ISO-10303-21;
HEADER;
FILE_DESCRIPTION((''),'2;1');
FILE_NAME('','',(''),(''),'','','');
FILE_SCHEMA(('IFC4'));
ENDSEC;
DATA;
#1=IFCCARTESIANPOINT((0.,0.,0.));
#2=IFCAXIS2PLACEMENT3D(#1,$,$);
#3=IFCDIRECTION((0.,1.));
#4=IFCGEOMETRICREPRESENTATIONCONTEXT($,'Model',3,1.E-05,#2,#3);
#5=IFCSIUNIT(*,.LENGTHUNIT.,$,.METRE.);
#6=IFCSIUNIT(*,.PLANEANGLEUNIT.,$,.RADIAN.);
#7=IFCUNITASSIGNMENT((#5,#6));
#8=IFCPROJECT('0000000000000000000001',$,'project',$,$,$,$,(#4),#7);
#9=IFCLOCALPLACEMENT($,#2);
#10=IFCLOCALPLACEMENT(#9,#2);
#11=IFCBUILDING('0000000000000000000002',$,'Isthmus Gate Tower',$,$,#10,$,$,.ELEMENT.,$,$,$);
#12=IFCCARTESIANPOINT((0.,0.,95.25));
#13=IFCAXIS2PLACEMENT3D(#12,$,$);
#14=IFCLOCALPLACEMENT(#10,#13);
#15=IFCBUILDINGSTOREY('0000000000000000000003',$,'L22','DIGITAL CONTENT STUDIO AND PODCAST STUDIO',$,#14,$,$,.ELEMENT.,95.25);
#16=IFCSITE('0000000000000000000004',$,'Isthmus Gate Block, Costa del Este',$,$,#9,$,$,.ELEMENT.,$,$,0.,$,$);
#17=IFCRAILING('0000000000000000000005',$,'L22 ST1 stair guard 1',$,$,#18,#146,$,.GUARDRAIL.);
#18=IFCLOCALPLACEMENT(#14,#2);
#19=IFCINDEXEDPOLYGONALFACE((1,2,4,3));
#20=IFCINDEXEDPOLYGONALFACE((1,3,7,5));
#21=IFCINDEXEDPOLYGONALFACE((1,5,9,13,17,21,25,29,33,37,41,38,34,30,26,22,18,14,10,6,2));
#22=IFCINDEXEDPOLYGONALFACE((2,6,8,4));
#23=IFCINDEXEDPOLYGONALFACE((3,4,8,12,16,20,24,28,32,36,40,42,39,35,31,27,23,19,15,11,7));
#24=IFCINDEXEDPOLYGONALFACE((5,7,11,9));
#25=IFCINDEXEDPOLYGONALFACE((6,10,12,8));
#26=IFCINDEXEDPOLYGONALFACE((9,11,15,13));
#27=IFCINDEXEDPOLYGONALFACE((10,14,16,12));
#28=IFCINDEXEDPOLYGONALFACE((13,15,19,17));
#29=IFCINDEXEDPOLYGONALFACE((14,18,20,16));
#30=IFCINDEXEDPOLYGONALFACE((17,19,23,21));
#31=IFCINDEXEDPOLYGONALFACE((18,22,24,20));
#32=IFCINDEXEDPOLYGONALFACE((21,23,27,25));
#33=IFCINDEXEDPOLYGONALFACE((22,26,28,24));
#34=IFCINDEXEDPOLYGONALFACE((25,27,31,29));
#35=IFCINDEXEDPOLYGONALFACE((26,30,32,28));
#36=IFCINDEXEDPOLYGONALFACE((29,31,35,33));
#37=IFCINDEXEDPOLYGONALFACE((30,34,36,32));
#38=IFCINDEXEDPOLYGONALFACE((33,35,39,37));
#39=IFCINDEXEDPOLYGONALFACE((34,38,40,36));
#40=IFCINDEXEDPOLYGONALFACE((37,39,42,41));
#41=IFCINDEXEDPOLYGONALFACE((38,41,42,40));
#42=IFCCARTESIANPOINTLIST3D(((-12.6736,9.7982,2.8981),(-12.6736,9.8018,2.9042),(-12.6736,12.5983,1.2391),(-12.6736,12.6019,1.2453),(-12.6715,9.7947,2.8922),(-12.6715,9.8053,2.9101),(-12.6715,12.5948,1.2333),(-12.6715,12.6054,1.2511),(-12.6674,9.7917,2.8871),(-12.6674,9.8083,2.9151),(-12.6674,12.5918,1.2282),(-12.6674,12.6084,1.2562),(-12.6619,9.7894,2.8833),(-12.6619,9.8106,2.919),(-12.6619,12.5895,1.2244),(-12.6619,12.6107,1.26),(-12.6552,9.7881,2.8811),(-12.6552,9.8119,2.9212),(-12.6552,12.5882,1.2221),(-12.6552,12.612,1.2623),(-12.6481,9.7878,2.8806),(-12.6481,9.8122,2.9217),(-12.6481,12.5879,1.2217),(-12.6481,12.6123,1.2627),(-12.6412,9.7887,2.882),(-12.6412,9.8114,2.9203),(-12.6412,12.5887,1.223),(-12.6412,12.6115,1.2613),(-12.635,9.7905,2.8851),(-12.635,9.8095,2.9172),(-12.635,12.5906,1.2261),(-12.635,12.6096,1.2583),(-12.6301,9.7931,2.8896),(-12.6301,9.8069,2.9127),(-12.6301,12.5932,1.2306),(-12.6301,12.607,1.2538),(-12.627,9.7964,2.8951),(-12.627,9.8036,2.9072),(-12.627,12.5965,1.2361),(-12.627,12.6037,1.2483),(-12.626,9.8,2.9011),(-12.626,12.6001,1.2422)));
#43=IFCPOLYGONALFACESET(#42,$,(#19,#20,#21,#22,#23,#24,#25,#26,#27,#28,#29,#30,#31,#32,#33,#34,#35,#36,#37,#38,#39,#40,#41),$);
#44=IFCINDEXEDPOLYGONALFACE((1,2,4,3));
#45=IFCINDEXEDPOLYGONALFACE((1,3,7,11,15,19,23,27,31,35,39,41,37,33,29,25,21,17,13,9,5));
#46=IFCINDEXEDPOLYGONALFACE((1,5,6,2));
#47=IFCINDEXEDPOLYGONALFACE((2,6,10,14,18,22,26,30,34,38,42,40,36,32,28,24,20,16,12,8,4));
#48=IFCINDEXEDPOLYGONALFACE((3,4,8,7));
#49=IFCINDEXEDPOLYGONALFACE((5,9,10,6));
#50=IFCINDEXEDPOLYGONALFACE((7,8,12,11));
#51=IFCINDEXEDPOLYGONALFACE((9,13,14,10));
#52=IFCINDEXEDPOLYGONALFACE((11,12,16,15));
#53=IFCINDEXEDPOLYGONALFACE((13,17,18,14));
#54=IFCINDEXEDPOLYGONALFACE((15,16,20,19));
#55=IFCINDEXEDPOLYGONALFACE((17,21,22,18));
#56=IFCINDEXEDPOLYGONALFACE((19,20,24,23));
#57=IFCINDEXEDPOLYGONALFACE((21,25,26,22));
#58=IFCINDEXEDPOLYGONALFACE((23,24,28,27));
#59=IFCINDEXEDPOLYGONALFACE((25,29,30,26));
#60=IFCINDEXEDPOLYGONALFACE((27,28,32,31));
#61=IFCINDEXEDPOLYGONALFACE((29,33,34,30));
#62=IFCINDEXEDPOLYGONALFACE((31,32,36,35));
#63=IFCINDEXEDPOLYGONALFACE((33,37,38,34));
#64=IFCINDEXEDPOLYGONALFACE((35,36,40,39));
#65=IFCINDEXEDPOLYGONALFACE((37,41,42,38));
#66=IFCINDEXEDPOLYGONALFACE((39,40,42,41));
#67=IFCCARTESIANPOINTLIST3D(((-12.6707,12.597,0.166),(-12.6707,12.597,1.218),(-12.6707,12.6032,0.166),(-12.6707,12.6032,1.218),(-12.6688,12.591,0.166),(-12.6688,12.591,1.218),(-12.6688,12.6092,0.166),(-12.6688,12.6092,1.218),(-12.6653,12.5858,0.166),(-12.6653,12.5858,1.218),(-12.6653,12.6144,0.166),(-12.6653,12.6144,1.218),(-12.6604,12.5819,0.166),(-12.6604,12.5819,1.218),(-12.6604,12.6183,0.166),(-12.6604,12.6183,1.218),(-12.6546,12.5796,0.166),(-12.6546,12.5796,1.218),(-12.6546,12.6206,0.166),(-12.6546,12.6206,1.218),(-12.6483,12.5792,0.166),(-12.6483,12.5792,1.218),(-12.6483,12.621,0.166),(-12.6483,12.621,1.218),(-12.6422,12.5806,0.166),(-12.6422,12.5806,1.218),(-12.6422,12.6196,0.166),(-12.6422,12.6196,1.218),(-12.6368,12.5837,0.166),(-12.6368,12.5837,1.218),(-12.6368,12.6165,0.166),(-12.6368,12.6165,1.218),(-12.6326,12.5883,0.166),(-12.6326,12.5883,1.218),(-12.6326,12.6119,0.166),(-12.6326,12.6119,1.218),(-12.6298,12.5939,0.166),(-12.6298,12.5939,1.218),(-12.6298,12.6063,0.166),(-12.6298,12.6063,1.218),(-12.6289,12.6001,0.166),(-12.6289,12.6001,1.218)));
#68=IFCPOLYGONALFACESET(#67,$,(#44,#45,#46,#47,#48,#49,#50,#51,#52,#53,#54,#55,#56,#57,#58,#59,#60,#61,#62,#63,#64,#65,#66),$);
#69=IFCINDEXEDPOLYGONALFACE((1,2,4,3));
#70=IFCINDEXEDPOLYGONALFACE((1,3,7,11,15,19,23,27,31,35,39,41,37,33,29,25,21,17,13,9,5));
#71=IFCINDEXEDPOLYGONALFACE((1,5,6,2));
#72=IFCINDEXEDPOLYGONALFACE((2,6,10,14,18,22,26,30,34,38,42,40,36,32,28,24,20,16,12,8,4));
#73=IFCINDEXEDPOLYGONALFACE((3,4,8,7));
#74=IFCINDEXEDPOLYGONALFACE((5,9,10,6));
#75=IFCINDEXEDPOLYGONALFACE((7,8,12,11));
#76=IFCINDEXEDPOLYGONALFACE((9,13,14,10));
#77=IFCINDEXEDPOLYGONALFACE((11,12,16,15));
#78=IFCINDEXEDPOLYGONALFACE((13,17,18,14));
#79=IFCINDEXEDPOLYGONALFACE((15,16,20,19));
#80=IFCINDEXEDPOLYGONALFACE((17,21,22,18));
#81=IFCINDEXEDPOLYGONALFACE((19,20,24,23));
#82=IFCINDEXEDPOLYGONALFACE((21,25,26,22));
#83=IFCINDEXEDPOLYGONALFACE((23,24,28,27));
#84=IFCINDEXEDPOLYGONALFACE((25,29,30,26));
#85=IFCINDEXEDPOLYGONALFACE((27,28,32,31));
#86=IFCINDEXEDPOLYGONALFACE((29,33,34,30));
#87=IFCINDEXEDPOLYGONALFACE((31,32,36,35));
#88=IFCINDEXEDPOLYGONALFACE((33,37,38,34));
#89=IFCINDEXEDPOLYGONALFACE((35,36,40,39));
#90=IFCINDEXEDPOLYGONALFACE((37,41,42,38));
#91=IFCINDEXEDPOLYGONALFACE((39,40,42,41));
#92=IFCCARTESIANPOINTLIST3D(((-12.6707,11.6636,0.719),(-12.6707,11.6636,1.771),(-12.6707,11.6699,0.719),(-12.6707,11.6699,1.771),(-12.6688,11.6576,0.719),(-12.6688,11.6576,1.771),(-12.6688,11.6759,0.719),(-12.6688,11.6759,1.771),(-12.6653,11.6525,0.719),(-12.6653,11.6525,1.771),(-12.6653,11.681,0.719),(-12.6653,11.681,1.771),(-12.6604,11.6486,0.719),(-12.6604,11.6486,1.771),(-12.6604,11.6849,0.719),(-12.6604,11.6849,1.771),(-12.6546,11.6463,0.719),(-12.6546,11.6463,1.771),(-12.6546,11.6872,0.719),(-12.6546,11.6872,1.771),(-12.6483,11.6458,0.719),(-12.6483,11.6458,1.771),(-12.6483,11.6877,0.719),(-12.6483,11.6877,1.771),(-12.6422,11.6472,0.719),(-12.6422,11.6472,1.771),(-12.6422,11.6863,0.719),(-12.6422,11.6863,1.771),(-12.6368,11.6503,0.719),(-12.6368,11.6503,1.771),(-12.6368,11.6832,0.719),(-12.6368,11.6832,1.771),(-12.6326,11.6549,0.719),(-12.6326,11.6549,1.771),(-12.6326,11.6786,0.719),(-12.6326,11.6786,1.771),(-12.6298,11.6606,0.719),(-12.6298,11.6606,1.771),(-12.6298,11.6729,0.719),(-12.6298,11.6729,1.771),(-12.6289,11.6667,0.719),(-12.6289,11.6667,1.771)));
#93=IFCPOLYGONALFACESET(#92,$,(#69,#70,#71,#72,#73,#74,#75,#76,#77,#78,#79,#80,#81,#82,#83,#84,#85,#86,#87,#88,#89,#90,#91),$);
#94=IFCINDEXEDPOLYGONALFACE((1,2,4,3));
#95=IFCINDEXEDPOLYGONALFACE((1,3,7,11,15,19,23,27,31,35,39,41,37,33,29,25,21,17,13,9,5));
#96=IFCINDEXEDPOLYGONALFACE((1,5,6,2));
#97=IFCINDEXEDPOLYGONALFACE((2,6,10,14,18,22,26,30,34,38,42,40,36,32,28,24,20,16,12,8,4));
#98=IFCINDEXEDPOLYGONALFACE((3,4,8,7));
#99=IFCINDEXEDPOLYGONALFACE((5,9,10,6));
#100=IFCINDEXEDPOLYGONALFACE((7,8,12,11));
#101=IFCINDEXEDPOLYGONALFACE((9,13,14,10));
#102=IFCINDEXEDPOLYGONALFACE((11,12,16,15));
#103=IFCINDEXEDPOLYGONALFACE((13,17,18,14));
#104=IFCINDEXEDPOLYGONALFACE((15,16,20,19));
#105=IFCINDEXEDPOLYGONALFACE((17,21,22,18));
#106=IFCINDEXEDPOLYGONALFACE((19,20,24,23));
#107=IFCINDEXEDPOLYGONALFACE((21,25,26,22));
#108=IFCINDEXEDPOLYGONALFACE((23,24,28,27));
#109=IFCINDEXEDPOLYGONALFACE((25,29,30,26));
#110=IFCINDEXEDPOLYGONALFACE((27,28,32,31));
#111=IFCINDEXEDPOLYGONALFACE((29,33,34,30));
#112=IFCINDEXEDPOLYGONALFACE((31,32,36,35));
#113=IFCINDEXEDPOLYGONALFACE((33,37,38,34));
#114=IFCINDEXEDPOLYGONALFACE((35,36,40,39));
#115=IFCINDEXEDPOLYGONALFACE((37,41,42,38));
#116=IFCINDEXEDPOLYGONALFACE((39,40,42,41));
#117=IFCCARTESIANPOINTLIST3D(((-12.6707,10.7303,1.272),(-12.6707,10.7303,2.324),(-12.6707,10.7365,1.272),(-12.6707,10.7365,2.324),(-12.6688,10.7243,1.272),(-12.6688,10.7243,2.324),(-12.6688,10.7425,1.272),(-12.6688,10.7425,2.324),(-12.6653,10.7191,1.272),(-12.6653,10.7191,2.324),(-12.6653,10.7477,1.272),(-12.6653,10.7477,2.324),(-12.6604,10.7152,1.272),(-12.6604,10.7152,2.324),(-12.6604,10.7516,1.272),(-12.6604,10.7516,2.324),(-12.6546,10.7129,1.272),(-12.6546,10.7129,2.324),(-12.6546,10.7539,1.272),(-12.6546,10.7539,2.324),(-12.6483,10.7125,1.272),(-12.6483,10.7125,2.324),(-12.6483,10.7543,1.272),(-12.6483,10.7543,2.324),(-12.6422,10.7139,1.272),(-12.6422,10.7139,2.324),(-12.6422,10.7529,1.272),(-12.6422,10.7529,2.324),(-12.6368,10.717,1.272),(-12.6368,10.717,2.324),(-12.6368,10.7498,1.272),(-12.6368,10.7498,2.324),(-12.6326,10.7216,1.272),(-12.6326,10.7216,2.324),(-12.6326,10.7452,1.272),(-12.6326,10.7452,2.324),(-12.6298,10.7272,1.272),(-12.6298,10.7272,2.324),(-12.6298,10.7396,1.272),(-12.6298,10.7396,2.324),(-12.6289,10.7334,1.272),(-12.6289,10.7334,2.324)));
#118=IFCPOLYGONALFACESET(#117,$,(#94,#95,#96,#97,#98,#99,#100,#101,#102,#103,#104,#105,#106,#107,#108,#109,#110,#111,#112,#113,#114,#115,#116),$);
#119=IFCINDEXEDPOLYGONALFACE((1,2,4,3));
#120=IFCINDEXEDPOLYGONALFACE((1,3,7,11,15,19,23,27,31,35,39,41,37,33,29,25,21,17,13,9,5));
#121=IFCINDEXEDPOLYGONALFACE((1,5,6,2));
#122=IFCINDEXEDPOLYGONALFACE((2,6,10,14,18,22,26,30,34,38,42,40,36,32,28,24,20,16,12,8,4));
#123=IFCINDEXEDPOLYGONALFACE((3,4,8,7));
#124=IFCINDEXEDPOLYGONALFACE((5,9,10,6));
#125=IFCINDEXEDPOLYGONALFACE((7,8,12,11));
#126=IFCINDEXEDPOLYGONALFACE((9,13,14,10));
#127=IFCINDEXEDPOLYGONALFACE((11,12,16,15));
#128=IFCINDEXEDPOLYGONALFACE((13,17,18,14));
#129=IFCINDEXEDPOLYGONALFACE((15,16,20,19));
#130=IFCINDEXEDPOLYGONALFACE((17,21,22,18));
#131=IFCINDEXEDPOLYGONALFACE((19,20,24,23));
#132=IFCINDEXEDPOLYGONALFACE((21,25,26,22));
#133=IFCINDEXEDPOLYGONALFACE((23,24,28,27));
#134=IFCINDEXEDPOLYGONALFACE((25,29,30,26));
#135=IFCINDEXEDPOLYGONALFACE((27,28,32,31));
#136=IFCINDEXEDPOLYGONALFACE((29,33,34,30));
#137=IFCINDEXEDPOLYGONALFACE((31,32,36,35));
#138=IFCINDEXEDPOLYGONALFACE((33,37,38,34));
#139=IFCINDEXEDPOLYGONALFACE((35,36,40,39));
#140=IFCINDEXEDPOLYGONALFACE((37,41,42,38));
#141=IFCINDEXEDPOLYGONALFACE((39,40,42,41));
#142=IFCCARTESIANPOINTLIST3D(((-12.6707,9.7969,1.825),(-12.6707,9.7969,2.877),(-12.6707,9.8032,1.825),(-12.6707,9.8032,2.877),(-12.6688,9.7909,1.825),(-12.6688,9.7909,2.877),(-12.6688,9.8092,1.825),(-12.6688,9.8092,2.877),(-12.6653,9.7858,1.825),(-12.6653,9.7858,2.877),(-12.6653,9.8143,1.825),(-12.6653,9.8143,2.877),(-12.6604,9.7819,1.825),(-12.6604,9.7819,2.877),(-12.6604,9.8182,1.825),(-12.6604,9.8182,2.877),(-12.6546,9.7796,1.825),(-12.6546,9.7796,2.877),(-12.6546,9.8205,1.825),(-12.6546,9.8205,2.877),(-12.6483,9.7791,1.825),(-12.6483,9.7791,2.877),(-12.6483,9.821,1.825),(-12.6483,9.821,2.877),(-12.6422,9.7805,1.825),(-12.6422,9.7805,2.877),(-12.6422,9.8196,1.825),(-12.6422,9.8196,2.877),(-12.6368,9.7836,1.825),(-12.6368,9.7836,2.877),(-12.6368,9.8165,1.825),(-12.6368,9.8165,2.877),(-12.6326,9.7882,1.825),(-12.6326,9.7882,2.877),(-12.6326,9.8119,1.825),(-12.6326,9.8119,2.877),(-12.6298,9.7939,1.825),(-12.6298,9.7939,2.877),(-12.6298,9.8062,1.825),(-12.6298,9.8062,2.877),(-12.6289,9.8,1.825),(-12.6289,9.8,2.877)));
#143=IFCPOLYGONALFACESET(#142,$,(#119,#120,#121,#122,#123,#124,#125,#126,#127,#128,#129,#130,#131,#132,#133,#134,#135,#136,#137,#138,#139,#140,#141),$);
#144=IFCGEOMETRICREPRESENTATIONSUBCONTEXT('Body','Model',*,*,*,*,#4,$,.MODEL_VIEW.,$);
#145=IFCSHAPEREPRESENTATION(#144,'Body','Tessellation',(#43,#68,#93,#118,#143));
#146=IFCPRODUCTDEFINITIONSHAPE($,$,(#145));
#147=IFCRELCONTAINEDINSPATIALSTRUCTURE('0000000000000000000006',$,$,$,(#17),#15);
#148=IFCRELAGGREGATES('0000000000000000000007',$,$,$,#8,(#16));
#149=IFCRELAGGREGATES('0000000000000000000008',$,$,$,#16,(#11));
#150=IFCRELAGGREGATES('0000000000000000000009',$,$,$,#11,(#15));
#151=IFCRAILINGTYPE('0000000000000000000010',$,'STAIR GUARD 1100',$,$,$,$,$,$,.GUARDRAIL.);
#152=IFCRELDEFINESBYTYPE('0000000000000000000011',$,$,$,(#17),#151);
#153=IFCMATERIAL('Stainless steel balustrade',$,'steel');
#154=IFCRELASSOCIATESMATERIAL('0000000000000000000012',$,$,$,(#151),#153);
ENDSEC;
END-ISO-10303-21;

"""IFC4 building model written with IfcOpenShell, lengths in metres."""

from ifc_helpers import new_model, si_unit, direction, frame, origin, origin_2d, place, context, subcontext, project, spatial, circle, extrude, material, type_object, element, save


model = new_model("IFC4")

# Units and contexts
model_context = context("Model", 3, precision=1e-05, world=origin(), true_north=direction((0.0, 1.0)))
body_context = subcontext(model_context, "Body", "Model", "MODEL_VIEW")
ifc_project = project(units=[si_unit("LENGTHUNIT", "METRE"), si_unit("PLANEANGLEUNIT", "RADIAN")], contexts=[model_context])

# Site, building, storey
site_placement = place(None, origin())
site = spatial("IfcSite", under=ifc_project, at=site_placement, Name="Isthmus Gate Block, Costa del Este", CompositionType="ELEMENT", RefElevation=0.0)
building_placement = place(site_placement, origin())
building = spatial("IfcBuilding", under=site, at=building_placement, Name="Isthmus Gate Tower", CompositionType="ELEMENT")
storey_placement = place(building_placement, frame((0.0, 0.0, 95.25)))
storey = spatial("IfcBuildingStorey", under=building, at=storey_placement, Name="L22", Description="DIGITAL CONTENT STUDIO AND PODCAST STUDIO", CompositionType="ELEMENT", Elevation=95.25)

# Railing
ifc_material_1 = material(Name="Stainless steel balustrade", Category="steel")
railing_type_1 = type_object("IfcRailingType", Name="STAIR GUARD 1100", PredefinedType="GUARDRAIL", material=ifc_material_1)
railing_1_placement = place(storey_placement, frame((-12.6499, 12.6001, 0.166)))
element("IfcRailing", 1, at=railing_1_placement, inside=storey, type_object=railing_type_1, Name="L22 ST1 stair guard 1", PredefinedType="GUARDRAIL", context=body_context, shape_type="SweptSolid", body=[
    extrude(circle(Radius=0.0239, at=origin_2d()), frame((0.0, 0.0, 1.0762), z_axis=(0.0, -0.860339, 0.509722), x_axis=(1.0, 0.0, 0.0)), (0.0, 0.0, 1.0), 3.2546),
    extrude(circle(Radius=0.021, at=origin_2d()), origin(), (0.0, 0.0, 1.0), 1.052),
    extrude(circle(Radius=0.021, at=origin_2d()), frame((0.0, -0.9333, 0.553)), (0.0, 0.0, 1.0), 1.052),
    extrude(circle(Radius=0.021, at=origin_2d()), frame((0.0, -1.8667, 1.106)), (0.0, 0.0, 1.0), 1.052),
    extrude(circle(Radius=0.021, at=origin_2d()), frame((0.0, -2.8, 1.6589)), (0.0, 0.0, 1.0), 1.052),
])

save(model, "model.ifc")
